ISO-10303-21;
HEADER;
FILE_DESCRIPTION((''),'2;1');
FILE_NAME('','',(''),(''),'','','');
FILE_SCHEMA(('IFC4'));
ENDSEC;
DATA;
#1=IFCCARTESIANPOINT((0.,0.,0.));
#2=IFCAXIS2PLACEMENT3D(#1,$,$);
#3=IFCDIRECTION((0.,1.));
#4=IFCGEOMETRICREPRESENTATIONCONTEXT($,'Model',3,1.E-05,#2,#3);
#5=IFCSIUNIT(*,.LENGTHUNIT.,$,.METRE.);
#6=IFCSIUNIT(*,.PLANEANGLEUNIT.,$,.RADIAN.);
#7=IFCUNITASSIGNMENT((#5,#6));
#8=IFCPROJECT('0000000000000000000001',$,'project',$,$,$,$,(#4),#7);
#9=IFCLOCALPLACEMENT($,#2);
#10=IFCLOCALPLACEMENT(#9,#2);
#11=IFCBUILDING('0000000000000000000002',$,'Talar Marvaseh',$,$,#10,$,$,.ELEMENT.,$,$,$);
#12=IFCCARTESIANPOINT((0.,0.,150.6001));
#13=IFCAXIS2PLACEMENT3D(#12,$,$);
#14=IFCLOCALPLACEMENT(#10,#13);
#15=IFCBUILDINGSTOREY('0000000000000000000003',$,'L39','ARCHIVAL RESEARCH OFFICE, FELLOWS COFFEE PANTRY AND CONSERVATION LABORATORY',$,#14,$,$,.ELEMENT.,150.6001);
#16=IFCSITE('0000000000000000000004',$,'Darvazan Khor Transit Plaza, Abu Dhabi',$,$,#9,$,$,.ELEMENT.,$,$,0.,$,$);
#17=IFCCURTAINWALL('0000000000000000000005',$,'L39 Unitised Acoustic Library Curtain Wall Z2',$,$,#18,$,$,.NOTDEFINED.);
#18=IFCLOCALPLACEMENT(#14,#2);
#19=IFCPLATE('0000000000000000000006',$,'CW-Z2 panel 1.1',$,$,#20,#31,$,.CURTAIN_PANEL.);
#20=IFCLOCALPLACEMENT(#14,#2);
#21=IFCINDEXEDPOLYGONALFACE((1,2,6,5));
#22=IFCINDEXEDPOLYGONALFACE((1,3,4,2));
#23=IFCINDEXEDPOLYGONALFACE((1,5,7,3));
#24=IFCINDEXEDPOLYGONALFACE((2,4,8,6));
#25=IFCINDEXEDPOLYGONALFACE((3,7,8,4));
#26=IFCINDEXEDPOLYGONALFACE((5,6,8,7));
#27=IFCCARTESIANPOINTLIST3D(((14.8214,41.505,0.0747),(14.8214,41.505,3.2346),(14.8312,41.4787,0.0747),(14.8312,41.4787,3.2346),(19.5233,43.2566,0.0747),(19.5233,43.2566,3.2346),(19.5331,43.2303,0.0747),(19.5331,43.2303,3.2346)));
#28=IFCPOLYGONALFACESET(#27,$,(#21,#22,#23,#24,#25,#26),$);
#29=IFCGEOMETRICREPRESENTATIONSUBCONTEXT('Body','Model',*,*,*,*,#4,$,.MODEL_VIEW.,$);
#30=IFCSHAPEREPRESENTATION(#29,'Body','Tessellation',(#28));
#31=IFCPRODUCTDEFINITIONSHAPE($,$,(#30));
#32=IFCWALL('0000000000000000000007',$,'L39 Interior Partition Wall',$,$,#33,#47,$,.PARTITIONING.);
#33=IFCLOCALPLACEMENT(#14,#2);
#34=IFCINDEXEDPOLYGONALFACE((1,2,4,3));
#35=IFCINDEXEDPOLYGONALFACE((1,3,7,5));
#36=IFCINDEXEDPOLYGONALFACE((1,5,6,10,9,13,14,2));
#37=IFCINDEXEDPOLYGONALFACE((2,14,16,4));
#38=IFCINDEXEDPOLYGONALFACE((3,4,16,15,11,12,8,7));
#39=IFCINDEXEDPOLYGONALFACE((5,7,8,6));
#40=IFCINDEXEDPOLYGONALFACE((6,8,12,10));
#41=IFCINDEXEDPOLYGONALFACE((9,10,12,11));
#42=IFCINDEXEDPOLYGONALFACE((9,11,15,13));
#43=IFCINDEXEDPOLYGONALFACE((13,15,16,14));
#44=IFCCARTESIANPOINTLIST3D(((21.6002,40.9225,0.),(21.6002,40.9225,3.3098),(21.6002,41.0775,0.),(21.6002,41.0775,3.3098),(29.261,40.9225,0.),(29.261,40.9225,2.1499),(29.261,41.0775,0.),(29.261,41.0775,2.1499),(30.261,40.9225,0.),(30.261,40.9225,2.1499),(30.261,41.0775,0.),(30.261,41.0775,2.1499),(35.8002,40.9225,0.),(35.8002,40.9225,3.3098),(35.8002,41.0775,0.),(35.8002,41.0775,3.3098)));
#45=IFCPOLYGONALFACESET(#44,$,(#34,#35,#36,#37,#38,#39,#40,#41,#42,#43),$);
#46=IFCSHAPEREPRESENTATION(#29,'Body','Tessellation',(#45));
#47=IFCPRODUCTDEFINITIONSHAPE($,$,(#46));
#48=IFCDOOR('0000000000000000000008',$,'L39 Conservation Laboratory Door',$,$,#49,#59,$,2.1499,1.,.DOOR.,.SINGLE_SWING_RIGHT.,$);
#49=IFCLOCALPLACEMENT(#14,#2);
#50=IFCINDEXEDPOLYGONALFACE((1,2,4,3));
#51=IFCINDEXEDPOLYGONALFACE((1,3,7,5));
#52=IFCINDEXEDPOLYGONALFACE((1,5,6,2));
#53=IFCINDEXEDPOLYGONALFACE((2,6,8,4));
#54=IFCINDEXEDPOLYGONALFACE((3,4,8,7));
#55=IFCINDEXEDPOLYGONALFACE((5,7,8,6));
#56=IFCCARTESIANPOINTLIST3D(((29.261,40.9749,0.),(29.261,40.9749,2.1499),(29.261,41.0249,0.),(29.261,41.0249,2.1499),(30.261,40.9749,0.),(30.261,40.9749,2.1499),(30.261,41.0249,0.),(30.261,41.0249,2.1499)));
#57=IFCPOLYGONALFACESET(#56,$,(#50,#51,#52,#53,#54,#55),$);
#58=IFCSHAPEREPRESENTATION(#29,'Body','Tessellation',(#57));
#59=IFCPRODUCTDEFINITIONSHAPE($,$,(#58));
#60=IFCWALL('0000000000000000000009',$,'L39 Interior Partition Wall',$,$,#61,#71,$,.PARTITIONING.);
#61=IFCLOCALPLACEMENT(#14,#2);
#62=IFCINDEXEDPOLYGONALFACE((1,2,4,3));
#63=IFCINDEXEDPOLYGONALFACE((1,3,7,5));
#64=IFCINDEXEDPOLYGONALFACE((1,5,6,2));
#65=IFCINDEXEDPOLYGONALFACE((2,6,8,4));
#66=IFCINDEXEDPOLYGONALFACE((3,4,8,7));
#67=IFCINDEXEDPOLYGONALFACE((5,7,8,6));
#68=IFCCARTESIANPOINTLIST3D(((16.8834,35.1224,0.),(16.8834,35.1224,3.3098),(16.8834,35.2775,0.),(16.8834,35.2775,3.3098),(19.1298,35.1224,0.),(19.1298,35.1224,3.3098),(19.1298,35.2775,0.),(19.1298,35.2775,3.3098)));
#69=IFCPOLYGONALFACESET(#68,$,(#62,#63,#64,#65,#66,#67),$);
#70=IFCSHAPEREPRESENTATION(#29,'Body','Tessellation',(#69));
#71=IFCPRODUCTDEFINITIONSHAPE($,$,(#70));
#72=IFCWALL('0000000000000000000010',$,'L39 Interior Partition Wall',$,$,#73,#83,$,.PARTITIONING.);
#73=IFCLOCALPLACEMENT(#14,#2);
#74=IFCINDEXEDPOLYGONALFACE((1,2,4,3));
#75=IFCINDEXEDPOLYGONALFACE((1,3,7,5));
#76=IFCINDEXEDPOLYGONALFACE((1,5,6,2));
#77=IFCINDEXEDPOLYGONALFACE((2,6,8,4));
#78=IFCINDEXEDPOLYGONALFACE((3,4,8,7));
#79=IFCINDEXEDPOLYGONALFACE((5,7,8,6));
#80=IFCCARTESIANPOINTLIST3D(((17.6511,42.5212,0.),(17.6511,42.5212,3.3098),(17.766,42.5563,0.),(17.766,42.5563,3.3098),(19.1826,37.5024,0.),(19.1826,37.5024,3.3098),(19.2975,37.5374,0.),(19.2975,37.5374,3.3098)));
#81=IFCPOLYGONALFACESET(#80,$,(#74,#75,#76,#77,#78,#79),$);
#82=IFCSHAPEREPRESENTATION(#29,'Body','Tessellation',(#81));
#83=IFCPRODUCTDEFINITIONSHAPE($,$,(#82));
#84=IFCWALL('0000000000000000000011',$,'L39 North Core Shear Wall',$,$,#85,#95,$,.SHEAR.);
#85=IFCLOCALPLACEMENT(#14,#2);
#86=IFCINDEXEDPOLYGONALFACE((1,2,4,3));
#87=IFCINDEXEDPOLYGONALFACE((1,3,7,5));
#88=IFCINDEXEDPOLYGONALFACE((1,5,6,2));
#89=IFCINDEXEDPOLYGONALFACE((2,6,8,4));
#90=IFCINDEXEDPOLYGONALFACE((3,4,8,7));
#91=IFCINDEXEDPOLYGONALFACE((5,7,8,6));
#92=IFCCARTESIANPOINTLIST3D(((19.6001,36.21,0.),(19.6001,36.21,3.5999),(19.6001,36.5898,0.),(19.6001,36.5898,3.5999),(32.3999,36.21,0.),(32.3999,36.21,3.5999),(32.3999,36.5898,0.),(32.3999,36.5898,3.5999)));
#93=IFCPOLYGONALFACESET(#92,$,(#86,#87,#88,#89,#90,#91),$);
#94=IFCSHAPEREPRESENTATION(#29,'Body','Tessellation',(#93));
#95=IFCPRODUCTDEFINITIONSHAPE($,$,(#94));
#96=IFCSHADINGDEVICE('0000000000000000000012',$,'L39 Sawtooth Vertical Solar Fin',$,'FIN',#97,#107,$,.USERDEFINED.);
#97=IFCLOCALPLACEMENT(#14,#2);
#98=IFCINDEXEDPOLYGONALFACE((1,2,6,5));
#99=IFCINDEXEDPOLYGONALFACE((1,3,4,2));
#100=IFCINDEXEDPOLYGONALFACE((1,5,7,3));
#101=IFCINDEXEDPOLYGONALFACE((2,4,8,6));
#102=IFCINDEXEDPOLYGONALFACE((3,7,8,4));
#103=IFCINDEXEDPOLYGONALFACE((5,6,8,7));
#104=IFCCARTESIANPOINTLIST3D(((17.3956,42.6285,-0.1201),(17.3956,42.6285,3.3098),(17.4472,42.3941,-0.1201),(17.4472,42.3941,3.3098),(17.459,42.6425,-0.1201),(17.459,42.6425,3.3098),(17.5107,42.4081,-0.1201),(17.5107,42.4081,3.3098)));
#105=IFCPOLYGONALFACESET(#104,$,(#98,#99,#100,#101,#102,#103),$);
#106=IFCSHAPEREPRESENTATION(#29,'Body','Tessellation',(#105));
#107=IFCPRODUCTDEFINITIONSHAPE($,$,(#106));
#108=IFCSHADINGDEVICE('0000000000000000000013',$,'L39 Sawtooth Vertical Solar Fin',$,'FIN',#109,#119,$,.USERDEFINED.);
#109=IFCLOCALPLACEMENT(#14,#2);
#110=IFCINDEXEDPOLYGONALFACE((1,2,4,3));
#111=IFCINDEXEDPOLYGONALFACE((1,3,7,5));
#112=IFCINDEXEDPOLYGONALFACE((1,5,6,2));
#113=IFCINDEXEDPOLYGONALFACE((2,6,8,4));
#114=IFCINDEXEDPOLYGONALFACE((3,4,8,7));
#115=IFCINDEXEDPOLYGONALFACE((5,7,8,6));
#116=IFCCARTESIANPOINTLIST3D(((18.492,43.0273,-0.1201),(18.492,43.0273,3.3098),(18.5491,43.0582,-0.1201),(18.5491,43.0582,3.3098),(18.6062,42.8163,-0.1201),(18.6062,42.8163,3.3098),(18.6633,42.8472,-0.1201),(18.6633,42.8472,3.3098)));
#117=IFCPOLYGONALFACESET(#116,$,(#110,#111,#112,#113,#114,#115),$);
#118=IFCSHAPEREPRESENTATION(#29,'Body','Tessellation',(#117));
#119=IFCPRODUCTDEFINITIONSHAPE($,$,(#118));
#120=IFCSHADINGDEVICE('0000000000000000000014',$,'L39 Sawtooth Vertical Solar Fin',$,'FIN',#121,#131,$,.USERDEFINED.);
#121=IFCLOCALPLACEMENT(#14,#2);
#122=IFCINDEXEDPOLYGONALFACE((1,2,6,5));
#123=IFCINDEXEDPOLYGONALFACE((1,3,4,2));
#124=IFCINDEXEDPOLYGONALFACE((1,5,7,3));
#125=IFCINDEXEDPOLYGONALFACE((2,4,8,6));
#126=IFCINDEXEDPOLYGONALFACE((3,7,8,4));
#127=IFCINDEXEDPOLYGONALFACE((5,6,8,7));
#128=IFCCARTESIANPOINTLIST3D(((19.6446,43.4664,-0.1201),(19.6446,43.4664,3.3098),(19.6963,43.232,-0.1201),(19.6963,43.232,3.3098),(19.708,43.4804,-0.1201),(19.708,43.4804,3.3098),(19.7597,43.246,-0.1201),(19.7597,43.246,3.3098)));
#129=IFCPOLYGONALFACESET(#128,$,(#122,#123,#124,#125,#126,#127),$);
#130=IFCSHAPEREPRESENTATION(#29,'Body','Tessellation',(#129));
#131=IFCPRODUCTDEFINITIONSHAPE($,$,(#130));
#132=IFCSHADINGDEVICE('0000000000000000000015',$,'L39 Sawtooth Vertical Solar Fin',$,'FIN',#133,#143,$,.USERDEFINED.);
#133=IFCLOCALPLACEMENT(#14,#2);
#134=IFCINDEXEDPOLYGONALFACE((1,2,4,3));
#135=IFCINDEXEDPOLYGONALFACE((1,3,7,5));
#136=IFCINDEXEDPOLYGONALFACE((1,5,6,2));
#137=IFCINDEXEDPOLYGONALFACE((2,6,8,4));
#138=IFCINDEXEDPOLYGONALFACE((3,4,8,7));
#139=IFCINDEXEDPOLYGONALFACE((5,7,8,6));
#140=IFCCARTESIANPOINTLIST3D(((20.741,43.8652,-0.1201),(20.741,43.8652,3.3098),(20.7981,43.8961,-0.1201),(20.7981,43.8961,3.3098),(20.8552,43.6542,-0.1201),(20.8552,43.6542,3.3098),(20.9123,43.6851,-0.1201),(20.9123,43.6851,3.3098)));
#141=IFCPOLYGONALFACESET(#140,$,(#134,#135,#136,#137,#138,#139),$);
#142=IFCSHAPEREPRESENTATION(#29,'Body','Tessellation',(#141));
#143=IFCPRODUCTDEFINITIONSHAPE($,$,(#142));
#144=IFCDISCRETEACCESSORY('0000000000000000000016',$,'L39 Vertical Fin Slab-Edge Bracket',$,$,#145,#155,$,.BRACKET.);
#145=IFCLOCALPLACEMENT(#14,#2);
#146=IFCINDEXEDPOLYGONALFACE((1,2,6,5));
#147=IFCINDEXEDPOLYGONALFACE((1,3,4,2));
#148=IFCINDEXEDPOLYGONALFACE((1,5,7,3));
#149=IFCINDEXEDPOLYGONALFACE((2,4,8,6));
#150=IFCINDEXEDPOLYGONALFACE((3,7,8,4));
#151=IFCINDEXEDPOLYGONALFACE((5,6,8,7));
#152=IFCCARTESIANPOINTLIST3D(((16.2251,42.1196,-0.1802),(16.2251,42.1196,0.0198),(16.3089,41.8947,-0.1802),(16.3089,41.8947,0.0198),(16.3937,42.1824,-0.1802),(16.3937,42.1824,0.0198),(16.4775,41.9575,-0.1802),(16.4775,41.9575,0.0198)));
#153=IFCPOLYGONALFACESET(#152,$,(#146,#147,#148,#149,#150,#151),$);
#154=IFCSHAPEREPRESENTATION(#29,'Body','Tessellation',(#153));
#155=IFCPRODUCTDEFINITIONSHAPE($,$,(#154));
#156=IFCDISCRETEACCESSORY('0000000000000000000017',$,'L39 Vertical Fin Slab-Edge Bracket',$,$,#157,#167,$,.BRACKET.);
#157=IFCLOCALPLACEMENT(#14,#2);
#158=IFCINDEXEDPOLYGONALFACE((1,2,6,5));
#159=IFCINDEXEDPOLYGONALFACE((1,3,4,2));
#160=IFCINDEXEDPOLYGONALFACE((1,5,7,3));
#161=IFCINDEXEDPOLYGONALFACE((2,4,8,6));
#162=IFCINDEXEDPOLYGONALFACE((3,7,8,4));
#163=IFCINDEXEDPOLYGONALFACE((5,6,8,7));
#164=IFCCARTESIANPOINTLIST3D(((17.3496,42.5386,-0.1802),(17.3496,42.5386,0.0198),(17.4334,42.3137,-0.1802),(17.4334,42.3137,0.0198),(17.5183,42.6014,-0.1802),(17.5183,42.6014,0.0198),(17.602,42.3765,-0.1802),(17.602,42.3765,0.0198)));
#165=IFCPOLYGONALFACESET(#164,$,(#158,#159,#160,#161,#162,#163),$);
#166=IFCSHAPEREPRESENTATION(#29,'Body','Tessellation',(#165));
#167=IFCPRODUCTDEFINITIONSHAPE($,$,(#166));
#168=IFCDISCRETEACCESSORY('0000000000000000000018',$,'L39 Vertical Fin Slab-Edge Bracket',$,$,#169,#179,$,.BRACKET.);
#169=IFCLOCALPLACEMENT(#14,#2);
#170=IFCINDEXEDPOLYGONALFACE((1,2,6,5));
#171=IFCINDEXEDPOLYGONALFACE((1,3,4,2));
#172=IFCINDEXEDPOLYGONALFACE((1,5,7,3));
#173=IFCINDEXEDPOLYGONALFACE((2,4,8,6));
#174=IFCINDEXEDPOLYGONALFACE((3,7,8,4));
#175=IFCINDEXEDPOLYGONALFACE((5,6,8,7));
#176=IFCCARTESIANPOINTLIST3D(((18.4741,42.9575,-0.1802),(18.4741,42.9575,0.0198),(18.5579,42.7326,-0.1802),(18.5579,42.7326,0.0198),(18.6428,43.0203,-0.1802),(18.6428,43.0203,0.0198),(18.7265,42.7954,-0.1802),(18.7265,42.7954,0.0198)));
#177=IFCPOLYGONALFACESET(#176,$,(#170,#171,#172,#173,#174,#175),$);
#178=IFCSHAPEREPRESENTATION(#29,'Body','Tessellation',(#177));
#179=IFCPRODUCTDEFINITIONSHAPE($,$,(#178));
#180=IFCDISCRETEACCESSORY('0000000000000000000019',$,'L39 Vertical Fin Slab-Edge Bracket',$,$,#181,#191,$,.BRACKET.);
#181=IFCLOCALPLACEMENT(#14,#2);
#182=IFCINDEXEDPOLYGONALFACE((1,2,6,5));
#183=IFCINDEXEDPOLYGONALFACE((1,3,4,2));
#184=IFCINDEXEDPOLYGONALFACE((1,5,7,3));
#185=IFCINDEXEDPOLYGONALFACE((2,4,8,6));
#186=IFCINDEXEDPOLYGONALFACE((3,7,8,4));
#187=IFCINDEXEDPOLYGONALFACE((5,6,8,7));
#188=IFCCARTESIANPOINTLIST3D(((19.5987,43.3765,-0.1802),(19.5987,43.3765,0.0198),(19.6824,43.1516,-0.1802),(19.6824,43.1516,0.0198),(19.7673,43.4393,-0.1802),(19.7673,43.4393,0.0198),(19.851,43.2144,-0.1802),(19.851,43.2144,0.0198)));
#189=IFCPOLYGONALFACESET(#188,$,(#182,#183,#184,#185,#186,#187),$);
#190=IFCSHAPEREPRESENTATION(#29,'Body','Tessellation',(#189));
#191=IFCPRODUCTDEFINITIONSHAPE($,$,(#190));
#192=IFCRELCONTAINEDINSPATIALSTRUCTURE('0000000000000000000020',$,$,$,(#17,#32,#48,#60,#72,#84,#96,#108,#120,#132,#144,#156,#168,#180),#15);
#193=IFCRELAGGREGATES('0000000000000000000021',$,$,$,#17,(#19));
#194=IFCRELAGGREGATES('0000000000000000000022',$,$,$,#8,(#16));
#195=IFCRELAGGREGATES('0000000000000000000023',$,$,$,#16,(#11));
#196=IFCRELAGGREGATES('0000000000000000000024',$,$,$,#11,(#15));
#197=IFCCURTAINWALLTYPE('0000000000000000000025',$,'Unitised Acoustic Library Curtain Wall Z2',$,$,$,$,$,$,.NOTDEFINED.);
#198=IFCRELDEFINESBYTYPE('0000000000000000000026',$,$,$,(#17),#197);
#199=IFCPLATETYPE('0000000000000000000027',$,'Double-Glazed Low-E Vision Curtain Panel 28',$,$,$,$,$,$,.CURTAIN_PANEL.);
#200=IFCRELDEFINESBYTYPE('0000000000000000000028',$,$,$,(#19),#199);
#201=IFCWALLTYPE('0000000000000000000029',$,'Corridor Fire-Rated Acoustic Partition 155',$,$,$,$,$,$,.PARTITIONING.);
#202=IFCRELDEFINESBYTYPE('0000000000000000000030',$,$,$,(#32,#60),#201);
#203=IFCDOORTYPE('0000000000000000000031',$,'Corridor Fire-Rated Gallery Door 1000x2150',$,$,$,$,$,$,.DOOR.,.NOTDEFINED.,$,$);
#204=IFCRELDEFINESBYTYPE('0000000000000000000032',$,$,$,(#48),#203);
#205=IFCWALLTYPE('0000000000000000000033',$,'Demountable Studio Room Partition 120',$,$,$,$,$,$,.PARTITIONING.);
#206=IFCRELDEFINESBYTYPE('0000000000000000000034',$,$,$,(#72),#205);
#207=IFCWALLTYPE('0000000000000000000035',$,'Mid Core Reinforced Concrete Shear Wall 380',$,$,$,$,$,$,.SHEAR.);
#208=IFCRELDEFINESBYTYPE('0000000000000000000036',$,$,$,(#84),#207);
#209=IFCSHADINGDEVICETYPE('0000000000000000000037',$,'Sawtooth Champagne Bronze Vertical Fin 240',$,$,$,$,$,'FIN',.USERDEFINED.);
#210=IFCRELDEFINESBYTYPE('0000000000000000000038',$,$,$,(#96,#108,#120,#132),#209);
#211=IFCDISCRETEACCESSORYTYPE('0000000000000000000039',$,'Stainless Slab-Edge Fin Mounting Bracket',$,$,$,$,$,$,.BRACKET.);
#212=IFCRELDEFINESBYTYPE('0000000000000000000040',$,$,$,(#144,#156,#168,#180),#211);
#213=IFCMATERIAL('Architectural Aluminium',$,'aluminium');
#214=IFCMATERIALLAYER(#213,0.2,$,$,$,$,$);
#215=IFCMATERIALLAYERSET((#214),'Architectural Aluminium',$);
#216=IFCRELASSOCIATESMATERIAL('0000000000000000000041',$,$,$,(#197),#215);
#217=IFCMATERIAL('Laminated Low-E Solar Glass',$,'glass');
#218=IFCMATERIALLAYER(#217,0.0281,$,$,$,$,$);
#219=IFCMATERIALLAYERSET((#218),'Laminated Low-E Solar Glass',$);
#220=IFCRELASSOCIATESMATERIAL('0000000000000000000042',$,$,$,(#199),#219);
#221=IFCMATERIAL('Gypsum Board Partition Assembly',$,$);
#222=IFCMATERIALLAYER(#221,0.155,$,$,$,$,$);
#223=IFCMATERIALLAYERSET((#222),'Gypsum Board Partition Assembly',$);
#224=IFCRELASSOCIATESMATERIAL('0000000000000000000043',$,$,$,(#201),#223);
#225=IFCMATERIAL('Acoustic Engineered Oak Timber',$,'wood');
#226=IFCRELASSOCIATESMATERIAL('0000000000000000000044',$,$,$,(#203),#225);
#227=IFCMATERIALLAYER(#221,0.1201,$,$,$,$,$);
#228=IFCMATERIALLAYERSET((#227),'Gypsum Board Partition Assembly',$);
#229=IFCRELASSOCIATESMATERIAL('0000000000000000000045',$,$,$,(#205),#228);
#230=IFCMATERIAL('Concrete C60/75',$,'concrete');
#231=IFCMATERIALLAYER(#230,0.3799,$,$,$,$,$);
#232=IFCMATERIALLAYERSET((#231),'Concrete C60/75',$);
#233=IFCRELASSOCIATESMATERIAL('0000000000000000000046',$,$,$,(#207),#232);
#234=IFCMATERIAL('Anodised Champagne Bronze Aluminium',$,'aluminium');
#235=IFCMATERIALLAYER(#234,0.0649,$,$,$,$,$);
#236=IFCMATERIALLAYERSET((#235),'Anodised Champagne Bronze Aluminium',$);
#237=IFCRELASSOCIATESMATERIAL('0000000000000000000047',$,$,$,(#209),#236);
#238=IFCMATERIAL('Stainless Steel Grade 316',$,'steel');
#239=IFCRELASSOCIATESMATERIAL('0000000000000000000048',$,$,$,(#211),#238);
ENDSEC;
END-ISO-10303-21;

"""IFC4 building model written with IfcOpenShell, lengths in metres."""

from ifc_helpers import new_model, si_unit, direction, frame, frame_2d, origin, origin_2d, place, context, subcontext, project, spatial, rectangle, extrude, source, transform, mapped, material, layer, layer_set, type_object, type_shapes, element, fill, aggregate, save


model = new_model("IFC4")

# Units and contexts
model_context = context("Model", 3, precision=1e-05, world=origin(), true_north=direction((0.0, 1.0)))
body_context = subcontext(model_context, "Body", "Model", "MODEL_VIEW")
ifc_project = project(units=[si_unit("LENGTHUNIT", "METRE"), si_unit("PLANEANGLEUNIT", "RADIAN")], contexts=[model_context])

# Site, building, storey
site_placement = place(None, origin())
site = spatial("IfcSite", under=ifc_project, at=site_placement, Name="Darvazan Khor Transit Plaza, Abu Dhabi", CompositionType="ELEMENT", RefElevation=0.0)
building_placement = place(site_placement, origin())
building = spatial("IfcBuilding", under=site, at=building_placement, Name="Talar Marvaseh", CompositionType="ELEMENT")
storey_placement = place(building_placement, frame((0.0, 0.0, 150.6001)))
storey = spatial("IfcBuildingStorey", under=building, at=storey_placement, Name="L39", Description="ARCHIVAL RESEARCH OFFICE, FELLOWS COFFEE PANTRY AND CONSERVATION LABORATORY", CompositionType="ELEMENT", Elevation=150.6001)

# Shared definitions
ifc_material_1 = material(Name="Concrete C60/75", Category="concrete")

# Curtain wall, plate
ifc_material_2 = material(Name="Architectural Aluminium", Category="aluminium")
ifc_layer_1 = layer(ifc_material_2, 0.2)
ifc_layer_set_1 = layer_set([ifc_layer_1], Name="Architectural Aluminium")
curtain_wall_type = type_object("IfcCurtainWallType", Name="Unitised Acoustic Library Curtain Wall Z2", PredefinedType="NOTDEFINED", material=ifc_layer_set_1)
curtain_wall_placement = place(storey_placement, origin())
curtain_wall = element("IfcCurtainWall", 1, at=curtain_wall_placement, inside=storey, type_object=curtain_wall_type, Name="L39 Unitised Acoustic Library Curtain Wall Z2", PredefinedType="NOTDEFINED")
ifc_material_3 = material(Name="Laminated Low-E Solar Glass", Category="glass")
ifc_layer_2 = layer(ifc_material_3, 0.0281)
ifc_layer_set_2 = layer_set([ifc_layer_2], Name="Laminated Low-E Solar Glass")
plate_type = type_object("IfcPlateType", Name="Double-Glazed Low-E Vision Curtain Panel 28", PredefinedType="CURTAIN_PANEL", material=ifc_layer_set_2)
shared_shape_1 = source(origin(), body_context, "Body", "SweptSolid", [
    extrude(rectangle(XDim=5.0176, YDim=0.0281, at=origin_2d()), origin(), (0.0, 0.0, 1.0), 3.1599),
])
type_shapes(plate_type, [shared_shape_1])
plate_placement = place(storey_placement, frame((17.1772, 42.3677, 0.0747), z_axis=(0.0, 0.0, 1.0), x_axis=(0.937087, 0.349096, 0.0)))
plate = element("IfcPlate", 2, at=plate_placement, type_object=plate_type, Name="CW-Z2 panel 1.1", PredefinedType="CURTAIN_PANEL", context=body_context, shape_type="MappedRepresentation", body=[
    mapped(shared_shape_1, transform((0.0, 0.0, 0.0), x_axis=(1.0, 0.0, 0.0), y_axis=(0.0, 1.0, 0.0), z_axis=(0.0, 0.0, 1.0), scale=1.0)),
])
aggregate(curtain_wall, [plate])

# Wall, opening, door
ifc_material_4 = material(Name="Gypsum Board Partition Assembly")
ifc_layer_3 = layer(ifc_material_4, 0.155)
ifc_layer_set_3 = layer_set([ifc_layer_3], Name="Gypsum Board Partition Assembly")
wall_type_1 = type_object("IfcWallType", Name="Corridor Fire-Rated Acoustic Partition 155", PredefinedType="PARTITIONING", material=ifc_layer_set_3)
wall_1_placement = place(storey_placement, frame((21.6001, 41.0, 0.0), z_axis=(0.0, 0.0, 1.0), x_axis=(1.0, 0.0, 0.0)))
wall_1 = element("IfcWall", 3, at=wall_1_placement, inside=storey, type_object=wall_type_1, Name="L39 Interior Partition Wall", PredefinedType="PARTITIONING", context=body_context, shape_type="SweptSolid", body=[
    extrude(rectangle(XDim=14.2, YDim=0.155, at=frame_2d((7.1001, 0.0))), origin(), (0.0, 0.0, 1.0), 3.3098),
])
opening_placement = place(wall_1_placement, frame((7.6609, 0.0, 0.0)))
opening = element("IfcOpeningElement", 4, at=opening_placement, cuts=wall_1, PredefinedType="OPENING", context=body_context, shape_type="SweptSolid", body=[
    extrude(rectangle(XDim=1.0, YDim=2.1499, at=frame_2d((0.5, 1.075))), frame((0.0, 0.0874, 0.0), z_axis=(0.0, -1.0, 0.0), x_axis=(1.0, 0.0, 0.0)), (0.0, 0.0, 1.0), 0.175),
])
ifc_material_5 = material(Name="Acoustic Engineered Oak Timber", Category="wood")
door_type = type_object("IfcDoorType", Name="Corridor Fire-Rated Gallery Door 1000x2150", OperationType="NOTDEFINED", PredefinedType="DOOR", material=ifc_material_5)
shared_shape_2 = source(origin(), body_context, "Body", "SweptSolid", [
    extrude(rectangle(XDim=1.0, YDim=2.1499, at=frame_2d((0.5, 1.075))), frame((0.0, 0.0249, 0.0), z_axis=(0.0, -1.0, 0.0), x_axis=(1.0, 0.0, 0.0)), (0.0, 0.0, 1.0), 0.05),
])
type_shapes(door_type, [shared_shape_2])
door_placement = place(opening_placement, origin())
door = element("IfcDoor", 5, at=door_placement, inside=storey, type_object=door_type, Name="L39 Conservation Laboratory Door", OperationType="SINGLE_SWING_RIGHT", OverallHeight=2.1499, OverallWidth=1.0, PredefinedType="DOOR", context=body_context, shape_type="MappedRepresentation", body=[
    mapped(shared_shape_2, transform((0.0, 0.0, 0.0), x_axis=(1.0, 0.0, 0.0), y_axis=(0.0, 1.0, 0.0), z_axis=(0.0, 0.0, 1.0), scale=1.0)),
])
fill(opening, door)

# Walls
wall_2_placement = place(storey_placement, frame((16.8835, 35.2, 0.0), z_axis=(0.0, 0.0, 1.0), x_axis=(1.0, 0.0, 0.0)))
element("IfcWall", 6, at=wall_2_placement, inside=storey, type_object=wall_type_1, Name="L39 Interior Partition Wall", PredefinedType="PARTITIONING", context=body_context, shape_type="SweptSolid", body=[
    extrude(rectangle(XDim=2.2463, YDim=0.155, at=frame_2d((1.123, 0.0))), origin(), (0.0, 0.0, 1.0), 3.3098),
])
ifc_layer_4 = layer(ifc_material_4, 0.1201)
ifc_layer_set_4 = layer_set([ifc_layer_4], Name="Gypsum Board Partition Assembly")
wall_type_2 = type_object("IfcWallType", Name="Demountable Studio Room Partition 120", PredefinedType="PARTITIONING", material=ifc_layer_set_4)
wall_3_placement = place(storey_placement, frame((19.24, 37.52, 0.0), z_axis=(0.0, 0.0, 1.0), x_axis=(-0.291865, 0.95646, 0.0)))
element("IfcWall", 7, at=wall_3_placement, inside=storey, type_object=wall_type_2, Name="L39 Interior Partition Wall", PredefinedType="PARTITIONING", context=body_context, shape_type="SweptSolid", body=[
    extrude(rectangle(XDim=5.2473, YDim=0.1201, at=frame_2d((2.6235, 0.0))), origin(), (0.0, 0.0, 1.0), 3.3098),
])
ifc_layer_5 = layer(ifc_material_1, 0.3799)
ifc_layer_set_5 = layer_set([ifc_layer_5], Name="Concrete C60/75")
wall_type_3 = type_object("IfcWallType", Name="Mid Core Reinforced Concrete Shear Wall 380", PredefinedType="SHEAR", material=ifc_layer_set_5)
wall_4_placement = place(storey_placement, frame((19.6001, 36.3999, 0.0), z_axis=(0.0, 0.0, 1.0), x_axis=(1.0, 0.0, 0.0)))
element("IfcWall", 8, at=wall_4_placement, inside=storey, type_object=wall_type_3, Name="L39 North Core Shear Wall", PredefinedType="SHEAR", context=body_context, shape_type="SweptSolid", body=[
    extrude(rectangle(XDim=12.7998, YDim=0.3799, at=frame_2d((6.3999, 0.0))), origin(), (0.0, 0.0, 1.0), 3.5999),
])

# Shading devices
ifc_material_6 = material(Name="Anodised Champagne Bronze Aluminium", Category="aluminium")
ifc_layer_6 = layer(ifc_material_6, 0.0649)
ifc_layer_set_6 = layer_set([ifc_layer_6], Name="Anodised Champagne Bronze Aluminium")
shading_device_type = type_object("IfcShadingDeviceType", Name="Sawtooth Champagne Bronze Vertical Fin 240", ElementType="FIN", PredefinedType="USERDEFINED", material=ifc_layer_set_6)
shared_shape_3 = source(origin(), body_context, "Body", "SweptSolid", [
    extrude(rectangle(XDim=0.24, YDim=0.0649, at=origin_2d()), origin(), (0.0, 0.0, 1.0), 3.4299),
])
type_shapes(shading_device_type, [shared_shape_3])
for number, where, z_axis, x_axis, name in (
    (9, (17.4531, 42.5183, -0.1201), (0.0, 0.0, 1.0), (-0.215247, 0.97656, 0.0), "L39 Sawtooth Vertical Solar Fin"),
    (10, (18.5776, 42.9373, -0.1201), (0.0, 0.0, 1.0), (-0.476085, 0.879399, 0.0), "L39 Sawtooth Vertical Solar Fin"),
    (11, (19.7021, 43.3562, -0.1201), (0.0, 0.0, 1.0), (-0.215247, 0.97656, 0.0), "L39 Sawtooth Vertical Solar Fin"),
    (12, (20.8267, 43.7751, -0.1201), (0.0, 0.0, 1.0), (-0.476085, 0.879399, 0.0), "L39 Sawtooth Vertical Solar Fin"),
):
    element("IfcShadingDevice", number, at=place(storey_placement, frame(where, z_axis=z_axis, x_axis=x_axis)), inside=storey, type_object=shading_device_type, Name=name, ObjectType="FIN", PredefinedType="USERDEFINED", context=body_context, shape_type="MappedRepresentation", body=[
        mapped(shared_shape_3, transform((0.0, 0.0, 0.0), x_axis=(1.0, 0.0, 0.0), y_axis=(0.0, 1.0, 0.0), z_axis=(0.0, 0.0, 1.0), scale=1.0)),
    ])

# Discrete accessories
ifc_material_7 = material(Name="Stainless Steel Grade 316", Category="steel")
discrete_accessory_type = type_object("IfcDiscreteAccessoryType", Name="Stainless Slab-Edge Fin Mounting Bracket", PredefinedType="BRACKET", material=ifc_material_7)
shared_shape_4 = source(origin(), body_context, "Body", "SweptSolid", [
    extrude(rectangle(XDim=0.24, YDim=0.1799, at=origin_2d()), origin(), (0.0, 0.0, 1.0), 0.2),
])
type_shapes(discrete_accessory_type, [shared_shape_4])
for number, where, z_axis, x_axis, name in (
    (13, (16.3513, 42.0386, -0.1802), (0.0, 0.0, 1.0), (-0.349063, 0.937099, 0.0), "L39 Vertical Fin Slab-Edge Bracket"),
    (14, (17.4758, 42.4575, -0.1802), (0.0, 0.0, 1.0), (-0.349063, 0.937099, 0.0), "L39 Vertical Fin Slab-Edge Bracket"),
    (15, (18.6003, 42.8765, -0.1802), (0.0, 0.0, 1.0), (-0.349063, 0.937099, 0.0), "L39 Vertical Fin Slab-Edge Bracket"),
    (16, (19.7249, 43.2954, -0.1802), (0.0, 0.0, 1.0), (-0.349063, 0.937099, 0.0), "L39 Vertical Fin Slab-Edge Bracket"),
):
    element("IfcDiscreteAccessory", number, at=place(storey_placement, frame(where, z_axis=z_axis, x_axis=x_axis)), inside=storey, type_object=discrete_accessory_type, Name=name, PredefinedType="BRACKET", context=body_context, shape_type="MappedRepresentation", body=[
        mapped(shared_shape_4, transform((0.0, 0.0, 0.0), x_axis=(1.0, 0.0, 0.0), y_axis=(0.0, 1.0, 0.0), z_axis=(0.0, 0.0, 1.0), scale=1.0)),
    ])

save(model, "model.ifc")
